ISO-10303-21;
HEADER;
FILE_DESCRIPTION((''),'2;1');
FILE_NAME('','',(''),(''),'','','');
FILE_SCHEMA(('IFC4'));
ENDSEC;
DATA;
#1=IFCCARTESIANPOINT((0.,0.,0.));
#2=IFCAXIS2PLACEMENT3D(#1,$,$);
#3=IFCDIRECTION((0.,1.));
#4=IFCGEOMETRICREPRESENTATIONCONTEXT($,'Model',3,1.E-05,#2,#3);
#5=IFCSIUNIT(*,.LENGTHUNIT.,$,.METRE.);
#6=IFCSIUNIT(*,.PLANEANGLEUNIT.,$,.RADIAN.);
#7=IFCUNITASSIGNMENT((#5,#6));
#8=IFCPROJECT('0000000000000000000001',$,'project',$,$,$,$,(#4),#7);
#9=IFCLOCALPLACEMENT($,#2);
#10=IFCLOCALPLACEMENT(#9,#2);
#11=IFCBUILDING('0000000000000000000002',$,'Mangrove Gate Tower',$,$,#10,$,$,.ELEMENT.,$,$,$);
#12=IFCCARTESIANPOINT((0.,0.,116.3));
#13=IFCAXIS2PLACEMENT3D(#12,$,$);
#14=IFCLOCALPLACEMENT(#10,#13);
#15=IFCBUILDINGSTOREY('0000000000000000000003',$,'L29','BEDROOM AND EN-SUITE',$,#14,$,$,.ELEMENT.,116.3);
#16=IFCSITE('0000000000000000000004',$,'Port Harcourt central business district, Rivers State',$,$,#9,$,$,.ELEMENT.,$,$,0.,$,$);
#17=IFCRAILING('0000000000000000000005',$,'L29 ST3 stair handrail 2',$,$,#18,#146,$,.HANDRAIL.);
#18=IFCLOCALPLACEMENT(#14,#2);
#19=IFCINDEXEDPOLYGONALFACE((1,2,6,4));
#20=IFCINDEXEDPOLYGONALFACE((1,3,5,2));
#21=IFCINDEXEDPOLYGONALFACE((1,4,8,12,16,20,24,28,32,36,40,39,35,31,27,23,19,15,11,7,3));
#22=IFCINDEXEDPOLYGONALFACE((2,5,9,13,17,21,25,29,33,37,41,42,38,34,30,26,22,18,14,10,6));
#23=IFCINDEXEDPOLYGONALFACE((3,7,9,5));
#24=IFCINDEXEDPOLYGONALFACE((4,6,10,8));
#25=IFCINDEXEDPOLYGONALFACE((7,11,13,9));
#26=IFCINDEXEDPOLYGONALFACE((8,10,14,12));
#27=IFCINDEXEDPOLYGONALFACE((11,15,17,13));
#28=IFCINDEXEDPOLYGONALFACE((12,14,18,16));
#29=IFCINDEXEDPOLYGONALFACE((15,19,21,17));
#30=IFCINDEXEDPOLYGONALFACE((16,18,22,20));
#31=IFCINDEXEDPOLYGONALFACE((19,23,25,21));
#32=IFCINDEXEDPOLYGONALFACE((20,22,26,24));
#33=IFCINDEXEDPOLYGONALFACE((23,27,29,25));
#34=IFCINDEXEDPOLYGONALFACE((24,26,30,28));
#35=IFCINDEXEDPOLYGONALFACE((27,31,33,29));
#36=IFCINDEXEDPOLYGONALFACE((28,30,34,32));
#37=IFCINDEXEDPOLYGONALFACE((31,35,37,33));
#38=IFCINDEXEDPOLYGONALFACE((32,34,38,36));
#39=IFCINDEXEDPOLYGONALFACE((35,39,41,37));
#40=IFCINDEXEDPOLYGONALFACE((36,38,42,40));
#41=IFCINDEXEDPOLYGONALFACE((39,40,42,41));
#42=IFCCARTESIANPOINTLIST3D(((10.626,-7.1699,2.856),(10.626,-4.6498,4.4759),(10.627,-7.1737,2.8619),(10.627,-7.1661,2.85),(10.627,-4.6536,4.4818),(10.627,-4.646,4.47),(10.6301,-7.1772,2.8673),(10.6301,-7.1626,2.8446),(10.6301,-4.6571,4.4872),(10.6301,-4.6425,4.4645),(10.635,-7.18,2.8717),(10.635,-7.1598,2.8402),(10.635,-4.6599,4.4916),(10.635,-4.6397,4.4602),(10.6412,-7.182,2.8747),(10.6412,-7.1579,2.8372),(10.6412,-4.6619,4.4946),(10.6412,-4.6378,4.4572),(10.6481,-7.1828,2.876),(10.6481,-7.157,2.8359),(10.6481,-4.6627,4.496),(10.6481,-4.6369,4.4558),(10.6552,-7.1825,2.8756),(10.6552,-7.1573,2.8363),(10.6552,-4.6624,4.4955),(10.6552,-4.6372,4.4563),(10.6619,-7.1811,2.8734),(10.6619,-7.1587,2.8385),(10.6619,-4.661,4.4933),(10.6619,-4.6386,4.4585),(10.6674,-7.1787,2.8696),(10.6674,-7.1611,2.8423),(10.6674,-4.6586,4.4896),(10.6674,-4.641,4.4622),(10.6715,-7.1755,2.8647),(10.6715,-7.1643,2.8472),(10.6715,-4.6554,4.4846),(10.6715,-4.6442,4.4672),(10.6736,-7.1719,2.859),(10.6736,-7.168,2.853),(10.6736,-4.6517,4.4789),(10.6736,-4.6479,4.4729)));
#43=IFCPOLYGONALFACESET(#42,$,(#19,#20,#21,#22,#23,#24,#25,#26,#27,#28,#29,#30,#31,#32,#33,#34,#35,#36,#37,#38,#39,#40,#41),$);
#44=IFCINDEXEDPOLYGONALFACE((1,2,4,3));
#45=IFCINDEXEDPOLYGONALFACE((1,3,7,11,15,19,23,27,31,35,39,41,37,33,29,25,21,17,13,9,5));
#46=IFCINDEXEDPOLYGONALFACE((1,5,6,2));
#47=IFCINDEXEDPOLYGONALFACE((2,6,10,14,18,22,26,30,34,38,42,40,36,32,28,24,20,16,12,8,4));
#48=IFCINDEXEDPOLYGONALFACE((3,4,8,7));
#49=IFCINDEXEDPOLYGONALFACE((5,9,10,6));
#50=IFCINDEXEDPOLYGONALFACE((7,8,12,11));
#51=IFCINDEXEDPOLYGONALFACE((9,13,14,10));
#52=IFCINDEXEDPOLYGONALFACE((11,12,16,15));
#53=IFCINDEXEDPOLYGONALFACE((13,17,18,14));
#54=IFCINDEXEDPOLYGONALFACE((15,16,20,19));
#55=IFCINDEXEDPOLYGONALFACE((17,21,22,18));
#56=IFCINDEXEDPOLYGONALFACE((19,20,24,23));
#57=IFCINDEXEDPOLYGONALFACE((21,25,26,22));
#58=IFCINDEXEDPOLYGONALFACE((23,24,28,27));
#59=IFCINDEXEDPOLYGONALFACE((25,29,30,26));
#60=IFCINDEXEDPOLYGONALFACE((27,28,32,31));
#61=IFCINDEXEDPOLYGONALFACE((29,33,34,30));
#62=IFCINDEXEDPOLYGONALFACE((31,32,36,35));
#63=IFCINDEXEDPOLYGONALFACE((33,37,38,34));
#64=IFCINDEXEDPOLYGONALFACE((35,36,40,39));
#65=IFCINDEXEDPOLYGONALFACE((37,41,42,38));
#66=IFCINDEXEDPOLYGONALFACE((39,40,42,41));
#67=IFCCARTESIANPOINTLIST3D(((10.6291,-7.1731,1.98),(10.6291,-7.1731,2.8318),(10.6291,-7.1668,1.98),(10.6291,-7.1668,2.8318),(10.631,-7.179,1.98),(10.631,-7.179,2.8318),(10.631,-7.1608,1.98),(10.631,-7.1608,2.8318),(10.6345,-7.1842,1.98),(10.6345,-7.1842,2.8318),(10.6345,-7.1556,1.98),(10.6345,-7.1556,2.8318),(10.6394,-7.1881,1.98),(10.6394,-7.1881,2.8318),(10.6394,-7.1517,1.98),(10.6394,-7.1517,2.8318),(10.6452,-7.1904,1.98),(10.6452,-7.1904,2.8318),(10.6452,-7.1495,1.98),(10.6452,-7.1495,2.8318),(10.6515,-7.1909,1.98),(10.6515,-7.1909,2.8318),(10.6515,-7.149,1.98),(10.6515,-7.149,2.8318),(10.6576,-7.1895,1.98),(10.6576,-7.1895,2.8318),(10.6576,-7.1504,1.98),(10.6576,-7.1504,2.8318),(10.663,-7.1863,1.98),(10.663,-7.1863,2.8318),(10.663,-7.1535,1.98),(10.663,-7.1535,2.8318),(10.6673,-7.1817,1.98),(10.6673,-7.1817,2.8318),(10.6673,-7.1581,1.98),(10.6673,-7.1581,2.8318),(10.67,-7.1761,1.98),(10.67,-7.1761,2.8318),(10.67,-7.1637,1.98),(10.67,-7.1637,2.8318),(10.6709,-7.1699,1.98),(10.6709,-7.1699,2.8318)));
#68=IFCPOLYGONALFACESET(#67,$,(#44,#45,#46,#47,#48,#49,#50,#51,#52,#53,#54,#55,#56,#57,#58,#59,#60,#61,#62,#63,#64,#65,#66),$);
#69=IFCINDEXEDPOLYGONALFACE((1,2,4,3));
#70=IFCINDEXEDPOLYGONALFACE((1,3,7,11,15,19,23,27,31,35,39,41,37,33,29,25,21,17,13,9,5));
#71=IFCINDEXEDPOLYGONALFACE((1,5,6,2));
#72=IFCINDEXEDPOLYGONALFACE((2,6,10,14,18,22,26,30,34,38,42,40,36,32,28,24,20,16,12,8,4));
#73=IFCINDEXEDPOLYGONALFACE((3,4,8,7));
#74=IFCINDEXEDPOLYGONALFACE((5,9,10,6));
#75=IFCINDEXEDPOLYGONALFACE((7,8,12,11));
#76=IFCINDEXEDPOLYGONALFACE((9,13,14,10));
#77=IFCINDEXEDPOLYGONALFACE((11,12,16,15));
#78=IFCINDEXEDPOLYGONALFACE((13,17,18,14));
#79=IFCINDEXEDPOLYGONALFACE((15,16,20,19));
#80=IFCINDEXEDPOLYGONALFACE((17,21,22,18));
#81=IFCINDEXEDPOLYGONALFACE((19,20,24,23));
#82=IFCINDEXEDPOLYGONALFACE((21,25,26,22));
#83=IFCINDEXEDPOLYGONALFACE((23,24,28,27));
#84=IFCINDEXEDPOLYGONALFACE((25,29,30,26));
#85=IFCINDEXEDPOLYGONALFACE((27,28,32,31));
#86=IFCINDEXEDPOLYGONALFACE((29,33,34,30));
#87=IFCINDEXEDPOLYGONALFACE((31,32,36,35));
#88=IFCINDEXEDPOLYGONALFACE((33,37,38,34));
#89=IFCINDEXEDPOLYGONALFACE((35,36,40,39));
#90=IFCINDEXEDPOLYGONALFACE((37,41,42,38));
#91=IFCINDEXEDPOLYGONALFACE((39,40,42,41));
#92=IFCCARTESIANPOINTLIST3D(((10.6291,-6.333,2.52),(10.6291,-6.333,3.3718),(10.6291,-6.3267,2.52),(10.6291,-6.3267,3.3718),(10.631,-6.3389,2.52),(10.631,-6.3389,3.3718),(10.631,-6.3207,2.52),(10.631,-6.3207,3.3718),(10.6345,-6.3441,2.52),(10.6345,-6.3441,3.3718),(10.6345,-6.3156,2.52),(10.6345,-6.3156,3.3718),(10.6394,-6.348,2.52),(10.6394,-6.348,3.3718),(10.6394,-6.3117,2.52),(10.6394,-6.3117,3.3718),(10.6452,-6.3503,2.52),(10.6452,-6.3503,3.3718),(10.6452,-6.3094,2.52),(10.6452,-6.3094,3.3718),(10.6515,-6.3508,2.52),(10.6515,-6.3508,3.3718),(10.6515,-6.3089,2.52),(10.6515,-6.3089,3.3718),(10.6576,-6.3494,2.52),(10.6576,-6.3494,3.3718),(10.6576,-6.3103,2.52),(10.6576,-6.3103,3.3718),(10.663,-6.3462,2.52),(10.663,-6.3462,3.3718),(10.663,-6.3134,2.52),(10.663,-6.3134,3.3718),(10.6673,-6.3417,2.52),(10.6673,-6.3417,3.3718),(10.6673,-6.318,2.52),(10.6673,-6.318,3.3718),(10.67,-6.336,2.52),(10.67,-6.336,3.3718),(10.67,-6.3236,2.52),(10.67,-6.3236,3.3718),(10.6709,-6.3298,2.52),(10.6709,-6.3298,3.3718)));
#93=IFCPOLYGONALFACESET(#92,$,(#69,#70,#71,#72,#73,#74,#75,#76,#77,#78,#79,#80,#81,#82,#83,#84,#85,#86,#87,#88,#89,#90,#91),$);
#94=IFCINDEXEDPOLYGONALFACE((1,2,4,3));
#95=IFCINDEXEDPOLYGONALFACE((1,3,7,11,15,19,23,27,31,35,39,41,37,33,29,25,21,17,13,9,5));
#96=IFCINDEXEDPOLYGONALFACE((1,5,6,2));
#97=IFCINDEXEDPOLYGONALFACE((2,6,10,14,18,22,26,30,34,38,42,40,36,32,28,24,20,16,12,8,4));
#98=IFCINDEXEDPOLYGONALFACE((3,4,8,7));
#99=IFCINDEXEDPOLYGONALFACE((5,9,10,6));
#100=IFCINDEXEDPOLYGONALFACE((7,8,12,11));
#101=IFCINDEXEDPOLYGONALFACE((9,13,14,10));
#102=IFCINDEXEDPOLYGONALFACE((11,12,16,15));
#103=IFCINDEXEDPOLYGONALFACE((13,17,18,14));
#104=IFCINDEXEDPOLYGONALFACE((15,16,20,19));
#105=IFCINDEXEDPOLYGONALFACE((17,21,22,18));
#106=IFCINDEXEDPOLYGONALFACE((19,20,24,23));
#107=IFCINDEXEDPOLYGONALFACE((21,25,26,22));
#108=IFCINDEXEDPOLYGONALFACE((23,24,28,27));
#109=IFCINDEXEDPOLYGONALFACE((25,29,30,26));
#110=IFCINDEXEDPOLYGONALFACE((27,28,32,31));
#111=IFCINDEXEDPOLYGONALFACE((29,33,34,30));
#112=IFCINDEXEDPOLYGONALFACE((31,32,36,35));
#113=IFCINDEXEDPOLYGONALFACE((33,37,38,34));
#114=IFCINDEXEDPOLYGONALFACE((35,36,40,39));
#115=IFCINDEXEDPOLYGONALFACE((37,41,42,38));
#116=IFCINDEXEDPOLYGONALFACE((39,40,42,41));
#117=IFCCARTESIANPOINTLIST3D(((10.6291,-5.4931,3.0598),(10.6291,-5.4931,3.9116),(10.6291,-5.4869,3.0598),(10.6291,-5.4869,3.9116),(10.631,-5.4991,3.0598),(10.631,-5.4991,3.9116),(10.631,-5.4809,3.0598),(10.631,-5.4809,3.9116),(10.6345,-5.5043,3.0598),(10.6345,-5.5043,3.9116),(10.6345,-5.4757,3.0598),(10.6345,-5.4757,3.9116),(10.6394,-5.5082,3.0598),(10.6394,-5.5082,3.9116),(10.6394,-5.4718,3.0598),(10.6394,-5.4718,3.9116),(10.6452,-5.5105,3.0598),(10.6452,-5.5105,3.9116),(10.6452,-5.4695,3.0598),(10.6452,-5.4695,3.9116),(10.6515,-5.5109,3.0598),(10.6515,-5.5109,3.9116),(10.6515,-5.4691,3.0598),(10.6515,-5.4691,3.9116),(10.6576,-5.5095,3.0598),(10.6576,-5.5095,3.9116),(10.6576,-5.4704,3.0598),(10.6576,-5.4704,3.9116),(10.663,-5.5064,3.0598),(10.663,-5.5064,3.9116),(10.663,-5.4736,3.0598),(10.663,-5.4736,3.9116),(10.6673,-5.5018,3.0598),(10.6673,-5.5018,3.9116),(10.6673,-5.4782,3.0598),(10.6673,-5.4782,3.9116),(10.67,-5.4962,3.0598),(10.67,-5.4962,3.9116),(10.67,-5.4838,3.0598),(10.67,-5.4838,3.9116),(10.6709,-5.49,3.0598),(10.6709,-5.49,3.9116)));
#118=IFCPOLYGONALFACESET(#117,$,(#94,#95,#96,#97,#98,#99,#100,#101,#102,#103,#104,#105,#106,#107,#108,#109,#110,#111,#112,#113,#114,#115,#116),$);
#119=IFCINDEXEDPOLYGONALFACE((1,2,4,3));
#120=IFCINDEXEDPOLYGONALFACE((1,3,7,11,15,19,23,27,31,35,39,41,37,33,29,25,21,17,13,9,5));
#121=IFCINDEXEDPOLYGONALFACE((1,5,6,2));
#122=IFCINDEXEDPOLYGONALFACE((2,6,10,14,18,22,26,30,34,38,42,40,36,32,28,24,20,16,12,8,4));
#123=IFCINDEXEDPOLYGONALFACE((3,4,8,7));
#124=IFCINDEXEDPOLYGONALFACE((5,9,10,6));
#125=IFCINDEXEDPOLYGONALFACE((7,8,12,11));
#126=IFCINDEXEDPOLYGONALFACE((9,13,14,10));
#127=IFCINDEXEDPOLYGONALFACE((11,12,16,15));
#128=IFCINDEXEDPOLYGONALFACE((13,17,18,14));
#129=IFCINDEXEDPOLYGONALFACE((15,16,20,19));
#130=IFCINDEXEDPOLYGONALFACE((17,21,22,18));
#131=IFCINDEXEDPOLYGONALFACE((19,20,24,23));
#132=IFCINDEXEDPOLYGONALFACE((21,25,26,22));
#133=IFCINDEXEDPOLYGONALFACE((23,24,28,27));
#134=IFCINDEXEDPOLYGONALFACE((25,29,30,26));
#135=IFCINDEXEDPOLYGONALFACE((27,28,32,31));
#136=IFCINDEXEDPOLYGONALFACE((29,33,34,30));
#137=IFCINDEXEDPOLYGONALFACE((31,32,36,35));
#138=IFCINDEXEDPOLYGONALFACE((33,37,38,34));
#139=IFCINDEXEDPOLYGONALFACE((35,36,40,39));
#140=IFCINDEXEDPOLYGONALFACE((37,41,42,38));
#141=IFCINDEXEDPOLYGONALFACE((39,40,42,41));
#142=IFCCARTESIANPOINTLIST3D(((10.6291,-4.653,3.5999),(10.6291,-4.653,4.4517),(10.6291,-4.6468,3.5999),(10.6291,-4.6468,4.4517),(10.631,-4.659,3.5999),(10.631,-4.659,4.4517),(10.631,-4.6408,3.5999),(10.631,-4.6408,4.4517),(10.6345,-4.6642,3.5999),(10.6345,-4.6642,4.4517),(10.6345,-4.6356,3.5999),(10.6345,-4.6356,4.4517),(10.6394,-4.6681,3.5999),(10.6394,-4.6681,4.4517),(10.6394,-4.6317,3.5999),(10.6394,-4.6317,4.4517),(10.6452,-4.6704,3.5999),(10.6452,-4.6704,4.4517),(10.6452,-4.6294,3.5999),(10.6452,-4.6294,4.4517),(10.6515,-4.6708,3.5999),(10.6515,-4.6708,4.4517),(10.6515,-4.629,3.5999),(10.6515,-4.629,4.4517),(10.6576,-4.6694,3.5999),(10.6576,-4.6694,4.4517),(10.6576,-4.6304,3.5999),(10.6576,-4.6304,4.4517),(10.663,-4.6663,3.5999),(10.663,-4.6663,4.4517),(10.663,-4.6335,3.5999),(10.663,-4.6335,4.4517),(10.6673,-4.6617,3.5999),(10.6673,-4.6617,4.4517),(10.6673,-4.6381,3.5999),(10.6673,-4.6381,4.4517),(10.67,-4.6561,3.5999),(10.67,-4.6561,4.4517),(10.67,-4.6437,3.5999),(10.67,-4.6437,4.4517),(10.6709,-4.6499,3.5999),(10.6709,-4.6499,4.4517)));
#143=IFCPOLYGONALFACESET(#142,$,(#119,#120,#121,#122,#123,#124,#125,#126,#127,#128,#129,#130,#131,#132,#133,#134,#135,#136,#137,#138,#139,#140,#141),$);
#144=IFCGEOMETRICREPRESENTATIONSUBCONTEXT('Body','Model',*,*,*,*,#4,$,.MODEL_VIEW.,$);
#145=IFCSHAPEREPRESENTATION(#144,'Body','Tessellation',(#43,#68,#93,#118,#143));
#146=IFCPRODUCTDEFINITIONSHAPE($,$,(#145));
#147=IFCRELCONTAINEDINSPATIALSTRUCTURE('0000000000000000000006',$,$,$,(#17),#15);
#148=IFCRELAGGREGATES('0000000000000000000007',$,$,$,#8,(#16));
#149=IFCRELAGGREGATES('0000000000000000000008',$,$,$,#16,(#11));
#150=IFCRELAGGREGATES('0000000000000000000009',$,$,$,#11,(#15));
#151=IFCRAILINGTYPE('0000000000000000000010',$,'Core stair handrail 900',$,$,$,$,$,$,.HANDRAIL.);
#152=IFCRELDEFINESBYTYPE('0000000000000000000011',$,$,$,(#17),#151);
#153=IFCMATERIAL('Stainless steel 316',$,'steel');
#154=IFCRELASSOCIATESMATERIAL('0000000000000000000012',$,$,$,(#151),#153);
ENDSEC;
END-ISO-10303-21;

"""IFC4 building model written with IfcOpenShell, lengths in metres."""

from ifc_helpers import new_model, si_unit, direction, frame, origin, origin_2d, place, context, subcontext, project, spatial, circle, extrude, material, type_object, element, save


model = new_model("IFC4")

# Units and contexts
model_context = context("Model", 3, precision=1e-05, world=origin(), true_north=direction((0.0, 1.0)))
body_context = subcontext(model_context, "Body", "Model", "MODEL_VIEW")
ifc_project = project(units=[si_unit("LENGTHUNIT", "METRE"), si_unit("PLANEANGLEUNIT", "RADIAN")], contexts=[model_context])

# Site, building, storey
site_placement = place(None, origin())
site = spatial("IfcSite", under=ifc_project, at=site_placement, Name="Port Harcourt central business district, Rivers State", CompositionType="ELEMENT", RefElevation=0.0)
building_placement = place(site_placement, origin())
building = spatial("IfcBuilding", under=site, at=building_placement, Name="Mangrove Gate Tower", CompositionType="ELEMENT")
storey_placement = place(building_placement, frame((0.0, 0.0, 116.3)))
storey = spatial("IfcBuildingStorey", under=building, at=storey_placement, Name="L29", Description="BEDROOM AND EN-SUITE", CompositionType="ELEMENT", Elevation=116.3)

# Railing
ifc_material_1 = material(Name="Stainless steel 316", Category="steel")
railing_type_1 = type_object("IfcRailingType", Name="Core stair handrail 900", PredefinedType="HANDRAIL", material=ifc_material_1)
railing_1_placement = place(storey_placement, frame((10.6499, -7.1699, 1.98)))
element("IfcRailing", 1, at=railing_1_placement, inside=storey, type_object=railing_type_1, Name="L29 ST3 stair handrail 2", PredefinedType="HANDRAIL", context=body_context, shape_type="SweptSolid", body=[
    extrude(circle(Radius=0.0239, at=origin_2d()), frame((0.0, 0.0, 0.876), z_axis=(0.0, 0.8412, 0.540725), x_axis=(-1.0, 0.0, 0.0)), (0.0, 0.0, 1.0), 2.9958),
    extrude(circle(Radius=0.021, at=origin_2d()), origin(), (0.0, 0.0, 1.0), 0.8518),
    extrude(circle(Radius=0.021, at=origin_2d()), frame((0.0, 0.8401, 0.54)), (0.0, 0.0, 1.0), 0.8518),
    extrude(circle(Radius=0.021, at=origin_2d()), frame((0.0, 1.6799, 1.0798)), (0.0, 0.0, 1.0), 0.8518),
    extrude(circle(Radius=0.021, at=origin_2d()), frame((0.0, 2.52, 1.6199)), (0.0, 0.0, 1.0), 0.8518),
])

save(model, "model.ifc")
